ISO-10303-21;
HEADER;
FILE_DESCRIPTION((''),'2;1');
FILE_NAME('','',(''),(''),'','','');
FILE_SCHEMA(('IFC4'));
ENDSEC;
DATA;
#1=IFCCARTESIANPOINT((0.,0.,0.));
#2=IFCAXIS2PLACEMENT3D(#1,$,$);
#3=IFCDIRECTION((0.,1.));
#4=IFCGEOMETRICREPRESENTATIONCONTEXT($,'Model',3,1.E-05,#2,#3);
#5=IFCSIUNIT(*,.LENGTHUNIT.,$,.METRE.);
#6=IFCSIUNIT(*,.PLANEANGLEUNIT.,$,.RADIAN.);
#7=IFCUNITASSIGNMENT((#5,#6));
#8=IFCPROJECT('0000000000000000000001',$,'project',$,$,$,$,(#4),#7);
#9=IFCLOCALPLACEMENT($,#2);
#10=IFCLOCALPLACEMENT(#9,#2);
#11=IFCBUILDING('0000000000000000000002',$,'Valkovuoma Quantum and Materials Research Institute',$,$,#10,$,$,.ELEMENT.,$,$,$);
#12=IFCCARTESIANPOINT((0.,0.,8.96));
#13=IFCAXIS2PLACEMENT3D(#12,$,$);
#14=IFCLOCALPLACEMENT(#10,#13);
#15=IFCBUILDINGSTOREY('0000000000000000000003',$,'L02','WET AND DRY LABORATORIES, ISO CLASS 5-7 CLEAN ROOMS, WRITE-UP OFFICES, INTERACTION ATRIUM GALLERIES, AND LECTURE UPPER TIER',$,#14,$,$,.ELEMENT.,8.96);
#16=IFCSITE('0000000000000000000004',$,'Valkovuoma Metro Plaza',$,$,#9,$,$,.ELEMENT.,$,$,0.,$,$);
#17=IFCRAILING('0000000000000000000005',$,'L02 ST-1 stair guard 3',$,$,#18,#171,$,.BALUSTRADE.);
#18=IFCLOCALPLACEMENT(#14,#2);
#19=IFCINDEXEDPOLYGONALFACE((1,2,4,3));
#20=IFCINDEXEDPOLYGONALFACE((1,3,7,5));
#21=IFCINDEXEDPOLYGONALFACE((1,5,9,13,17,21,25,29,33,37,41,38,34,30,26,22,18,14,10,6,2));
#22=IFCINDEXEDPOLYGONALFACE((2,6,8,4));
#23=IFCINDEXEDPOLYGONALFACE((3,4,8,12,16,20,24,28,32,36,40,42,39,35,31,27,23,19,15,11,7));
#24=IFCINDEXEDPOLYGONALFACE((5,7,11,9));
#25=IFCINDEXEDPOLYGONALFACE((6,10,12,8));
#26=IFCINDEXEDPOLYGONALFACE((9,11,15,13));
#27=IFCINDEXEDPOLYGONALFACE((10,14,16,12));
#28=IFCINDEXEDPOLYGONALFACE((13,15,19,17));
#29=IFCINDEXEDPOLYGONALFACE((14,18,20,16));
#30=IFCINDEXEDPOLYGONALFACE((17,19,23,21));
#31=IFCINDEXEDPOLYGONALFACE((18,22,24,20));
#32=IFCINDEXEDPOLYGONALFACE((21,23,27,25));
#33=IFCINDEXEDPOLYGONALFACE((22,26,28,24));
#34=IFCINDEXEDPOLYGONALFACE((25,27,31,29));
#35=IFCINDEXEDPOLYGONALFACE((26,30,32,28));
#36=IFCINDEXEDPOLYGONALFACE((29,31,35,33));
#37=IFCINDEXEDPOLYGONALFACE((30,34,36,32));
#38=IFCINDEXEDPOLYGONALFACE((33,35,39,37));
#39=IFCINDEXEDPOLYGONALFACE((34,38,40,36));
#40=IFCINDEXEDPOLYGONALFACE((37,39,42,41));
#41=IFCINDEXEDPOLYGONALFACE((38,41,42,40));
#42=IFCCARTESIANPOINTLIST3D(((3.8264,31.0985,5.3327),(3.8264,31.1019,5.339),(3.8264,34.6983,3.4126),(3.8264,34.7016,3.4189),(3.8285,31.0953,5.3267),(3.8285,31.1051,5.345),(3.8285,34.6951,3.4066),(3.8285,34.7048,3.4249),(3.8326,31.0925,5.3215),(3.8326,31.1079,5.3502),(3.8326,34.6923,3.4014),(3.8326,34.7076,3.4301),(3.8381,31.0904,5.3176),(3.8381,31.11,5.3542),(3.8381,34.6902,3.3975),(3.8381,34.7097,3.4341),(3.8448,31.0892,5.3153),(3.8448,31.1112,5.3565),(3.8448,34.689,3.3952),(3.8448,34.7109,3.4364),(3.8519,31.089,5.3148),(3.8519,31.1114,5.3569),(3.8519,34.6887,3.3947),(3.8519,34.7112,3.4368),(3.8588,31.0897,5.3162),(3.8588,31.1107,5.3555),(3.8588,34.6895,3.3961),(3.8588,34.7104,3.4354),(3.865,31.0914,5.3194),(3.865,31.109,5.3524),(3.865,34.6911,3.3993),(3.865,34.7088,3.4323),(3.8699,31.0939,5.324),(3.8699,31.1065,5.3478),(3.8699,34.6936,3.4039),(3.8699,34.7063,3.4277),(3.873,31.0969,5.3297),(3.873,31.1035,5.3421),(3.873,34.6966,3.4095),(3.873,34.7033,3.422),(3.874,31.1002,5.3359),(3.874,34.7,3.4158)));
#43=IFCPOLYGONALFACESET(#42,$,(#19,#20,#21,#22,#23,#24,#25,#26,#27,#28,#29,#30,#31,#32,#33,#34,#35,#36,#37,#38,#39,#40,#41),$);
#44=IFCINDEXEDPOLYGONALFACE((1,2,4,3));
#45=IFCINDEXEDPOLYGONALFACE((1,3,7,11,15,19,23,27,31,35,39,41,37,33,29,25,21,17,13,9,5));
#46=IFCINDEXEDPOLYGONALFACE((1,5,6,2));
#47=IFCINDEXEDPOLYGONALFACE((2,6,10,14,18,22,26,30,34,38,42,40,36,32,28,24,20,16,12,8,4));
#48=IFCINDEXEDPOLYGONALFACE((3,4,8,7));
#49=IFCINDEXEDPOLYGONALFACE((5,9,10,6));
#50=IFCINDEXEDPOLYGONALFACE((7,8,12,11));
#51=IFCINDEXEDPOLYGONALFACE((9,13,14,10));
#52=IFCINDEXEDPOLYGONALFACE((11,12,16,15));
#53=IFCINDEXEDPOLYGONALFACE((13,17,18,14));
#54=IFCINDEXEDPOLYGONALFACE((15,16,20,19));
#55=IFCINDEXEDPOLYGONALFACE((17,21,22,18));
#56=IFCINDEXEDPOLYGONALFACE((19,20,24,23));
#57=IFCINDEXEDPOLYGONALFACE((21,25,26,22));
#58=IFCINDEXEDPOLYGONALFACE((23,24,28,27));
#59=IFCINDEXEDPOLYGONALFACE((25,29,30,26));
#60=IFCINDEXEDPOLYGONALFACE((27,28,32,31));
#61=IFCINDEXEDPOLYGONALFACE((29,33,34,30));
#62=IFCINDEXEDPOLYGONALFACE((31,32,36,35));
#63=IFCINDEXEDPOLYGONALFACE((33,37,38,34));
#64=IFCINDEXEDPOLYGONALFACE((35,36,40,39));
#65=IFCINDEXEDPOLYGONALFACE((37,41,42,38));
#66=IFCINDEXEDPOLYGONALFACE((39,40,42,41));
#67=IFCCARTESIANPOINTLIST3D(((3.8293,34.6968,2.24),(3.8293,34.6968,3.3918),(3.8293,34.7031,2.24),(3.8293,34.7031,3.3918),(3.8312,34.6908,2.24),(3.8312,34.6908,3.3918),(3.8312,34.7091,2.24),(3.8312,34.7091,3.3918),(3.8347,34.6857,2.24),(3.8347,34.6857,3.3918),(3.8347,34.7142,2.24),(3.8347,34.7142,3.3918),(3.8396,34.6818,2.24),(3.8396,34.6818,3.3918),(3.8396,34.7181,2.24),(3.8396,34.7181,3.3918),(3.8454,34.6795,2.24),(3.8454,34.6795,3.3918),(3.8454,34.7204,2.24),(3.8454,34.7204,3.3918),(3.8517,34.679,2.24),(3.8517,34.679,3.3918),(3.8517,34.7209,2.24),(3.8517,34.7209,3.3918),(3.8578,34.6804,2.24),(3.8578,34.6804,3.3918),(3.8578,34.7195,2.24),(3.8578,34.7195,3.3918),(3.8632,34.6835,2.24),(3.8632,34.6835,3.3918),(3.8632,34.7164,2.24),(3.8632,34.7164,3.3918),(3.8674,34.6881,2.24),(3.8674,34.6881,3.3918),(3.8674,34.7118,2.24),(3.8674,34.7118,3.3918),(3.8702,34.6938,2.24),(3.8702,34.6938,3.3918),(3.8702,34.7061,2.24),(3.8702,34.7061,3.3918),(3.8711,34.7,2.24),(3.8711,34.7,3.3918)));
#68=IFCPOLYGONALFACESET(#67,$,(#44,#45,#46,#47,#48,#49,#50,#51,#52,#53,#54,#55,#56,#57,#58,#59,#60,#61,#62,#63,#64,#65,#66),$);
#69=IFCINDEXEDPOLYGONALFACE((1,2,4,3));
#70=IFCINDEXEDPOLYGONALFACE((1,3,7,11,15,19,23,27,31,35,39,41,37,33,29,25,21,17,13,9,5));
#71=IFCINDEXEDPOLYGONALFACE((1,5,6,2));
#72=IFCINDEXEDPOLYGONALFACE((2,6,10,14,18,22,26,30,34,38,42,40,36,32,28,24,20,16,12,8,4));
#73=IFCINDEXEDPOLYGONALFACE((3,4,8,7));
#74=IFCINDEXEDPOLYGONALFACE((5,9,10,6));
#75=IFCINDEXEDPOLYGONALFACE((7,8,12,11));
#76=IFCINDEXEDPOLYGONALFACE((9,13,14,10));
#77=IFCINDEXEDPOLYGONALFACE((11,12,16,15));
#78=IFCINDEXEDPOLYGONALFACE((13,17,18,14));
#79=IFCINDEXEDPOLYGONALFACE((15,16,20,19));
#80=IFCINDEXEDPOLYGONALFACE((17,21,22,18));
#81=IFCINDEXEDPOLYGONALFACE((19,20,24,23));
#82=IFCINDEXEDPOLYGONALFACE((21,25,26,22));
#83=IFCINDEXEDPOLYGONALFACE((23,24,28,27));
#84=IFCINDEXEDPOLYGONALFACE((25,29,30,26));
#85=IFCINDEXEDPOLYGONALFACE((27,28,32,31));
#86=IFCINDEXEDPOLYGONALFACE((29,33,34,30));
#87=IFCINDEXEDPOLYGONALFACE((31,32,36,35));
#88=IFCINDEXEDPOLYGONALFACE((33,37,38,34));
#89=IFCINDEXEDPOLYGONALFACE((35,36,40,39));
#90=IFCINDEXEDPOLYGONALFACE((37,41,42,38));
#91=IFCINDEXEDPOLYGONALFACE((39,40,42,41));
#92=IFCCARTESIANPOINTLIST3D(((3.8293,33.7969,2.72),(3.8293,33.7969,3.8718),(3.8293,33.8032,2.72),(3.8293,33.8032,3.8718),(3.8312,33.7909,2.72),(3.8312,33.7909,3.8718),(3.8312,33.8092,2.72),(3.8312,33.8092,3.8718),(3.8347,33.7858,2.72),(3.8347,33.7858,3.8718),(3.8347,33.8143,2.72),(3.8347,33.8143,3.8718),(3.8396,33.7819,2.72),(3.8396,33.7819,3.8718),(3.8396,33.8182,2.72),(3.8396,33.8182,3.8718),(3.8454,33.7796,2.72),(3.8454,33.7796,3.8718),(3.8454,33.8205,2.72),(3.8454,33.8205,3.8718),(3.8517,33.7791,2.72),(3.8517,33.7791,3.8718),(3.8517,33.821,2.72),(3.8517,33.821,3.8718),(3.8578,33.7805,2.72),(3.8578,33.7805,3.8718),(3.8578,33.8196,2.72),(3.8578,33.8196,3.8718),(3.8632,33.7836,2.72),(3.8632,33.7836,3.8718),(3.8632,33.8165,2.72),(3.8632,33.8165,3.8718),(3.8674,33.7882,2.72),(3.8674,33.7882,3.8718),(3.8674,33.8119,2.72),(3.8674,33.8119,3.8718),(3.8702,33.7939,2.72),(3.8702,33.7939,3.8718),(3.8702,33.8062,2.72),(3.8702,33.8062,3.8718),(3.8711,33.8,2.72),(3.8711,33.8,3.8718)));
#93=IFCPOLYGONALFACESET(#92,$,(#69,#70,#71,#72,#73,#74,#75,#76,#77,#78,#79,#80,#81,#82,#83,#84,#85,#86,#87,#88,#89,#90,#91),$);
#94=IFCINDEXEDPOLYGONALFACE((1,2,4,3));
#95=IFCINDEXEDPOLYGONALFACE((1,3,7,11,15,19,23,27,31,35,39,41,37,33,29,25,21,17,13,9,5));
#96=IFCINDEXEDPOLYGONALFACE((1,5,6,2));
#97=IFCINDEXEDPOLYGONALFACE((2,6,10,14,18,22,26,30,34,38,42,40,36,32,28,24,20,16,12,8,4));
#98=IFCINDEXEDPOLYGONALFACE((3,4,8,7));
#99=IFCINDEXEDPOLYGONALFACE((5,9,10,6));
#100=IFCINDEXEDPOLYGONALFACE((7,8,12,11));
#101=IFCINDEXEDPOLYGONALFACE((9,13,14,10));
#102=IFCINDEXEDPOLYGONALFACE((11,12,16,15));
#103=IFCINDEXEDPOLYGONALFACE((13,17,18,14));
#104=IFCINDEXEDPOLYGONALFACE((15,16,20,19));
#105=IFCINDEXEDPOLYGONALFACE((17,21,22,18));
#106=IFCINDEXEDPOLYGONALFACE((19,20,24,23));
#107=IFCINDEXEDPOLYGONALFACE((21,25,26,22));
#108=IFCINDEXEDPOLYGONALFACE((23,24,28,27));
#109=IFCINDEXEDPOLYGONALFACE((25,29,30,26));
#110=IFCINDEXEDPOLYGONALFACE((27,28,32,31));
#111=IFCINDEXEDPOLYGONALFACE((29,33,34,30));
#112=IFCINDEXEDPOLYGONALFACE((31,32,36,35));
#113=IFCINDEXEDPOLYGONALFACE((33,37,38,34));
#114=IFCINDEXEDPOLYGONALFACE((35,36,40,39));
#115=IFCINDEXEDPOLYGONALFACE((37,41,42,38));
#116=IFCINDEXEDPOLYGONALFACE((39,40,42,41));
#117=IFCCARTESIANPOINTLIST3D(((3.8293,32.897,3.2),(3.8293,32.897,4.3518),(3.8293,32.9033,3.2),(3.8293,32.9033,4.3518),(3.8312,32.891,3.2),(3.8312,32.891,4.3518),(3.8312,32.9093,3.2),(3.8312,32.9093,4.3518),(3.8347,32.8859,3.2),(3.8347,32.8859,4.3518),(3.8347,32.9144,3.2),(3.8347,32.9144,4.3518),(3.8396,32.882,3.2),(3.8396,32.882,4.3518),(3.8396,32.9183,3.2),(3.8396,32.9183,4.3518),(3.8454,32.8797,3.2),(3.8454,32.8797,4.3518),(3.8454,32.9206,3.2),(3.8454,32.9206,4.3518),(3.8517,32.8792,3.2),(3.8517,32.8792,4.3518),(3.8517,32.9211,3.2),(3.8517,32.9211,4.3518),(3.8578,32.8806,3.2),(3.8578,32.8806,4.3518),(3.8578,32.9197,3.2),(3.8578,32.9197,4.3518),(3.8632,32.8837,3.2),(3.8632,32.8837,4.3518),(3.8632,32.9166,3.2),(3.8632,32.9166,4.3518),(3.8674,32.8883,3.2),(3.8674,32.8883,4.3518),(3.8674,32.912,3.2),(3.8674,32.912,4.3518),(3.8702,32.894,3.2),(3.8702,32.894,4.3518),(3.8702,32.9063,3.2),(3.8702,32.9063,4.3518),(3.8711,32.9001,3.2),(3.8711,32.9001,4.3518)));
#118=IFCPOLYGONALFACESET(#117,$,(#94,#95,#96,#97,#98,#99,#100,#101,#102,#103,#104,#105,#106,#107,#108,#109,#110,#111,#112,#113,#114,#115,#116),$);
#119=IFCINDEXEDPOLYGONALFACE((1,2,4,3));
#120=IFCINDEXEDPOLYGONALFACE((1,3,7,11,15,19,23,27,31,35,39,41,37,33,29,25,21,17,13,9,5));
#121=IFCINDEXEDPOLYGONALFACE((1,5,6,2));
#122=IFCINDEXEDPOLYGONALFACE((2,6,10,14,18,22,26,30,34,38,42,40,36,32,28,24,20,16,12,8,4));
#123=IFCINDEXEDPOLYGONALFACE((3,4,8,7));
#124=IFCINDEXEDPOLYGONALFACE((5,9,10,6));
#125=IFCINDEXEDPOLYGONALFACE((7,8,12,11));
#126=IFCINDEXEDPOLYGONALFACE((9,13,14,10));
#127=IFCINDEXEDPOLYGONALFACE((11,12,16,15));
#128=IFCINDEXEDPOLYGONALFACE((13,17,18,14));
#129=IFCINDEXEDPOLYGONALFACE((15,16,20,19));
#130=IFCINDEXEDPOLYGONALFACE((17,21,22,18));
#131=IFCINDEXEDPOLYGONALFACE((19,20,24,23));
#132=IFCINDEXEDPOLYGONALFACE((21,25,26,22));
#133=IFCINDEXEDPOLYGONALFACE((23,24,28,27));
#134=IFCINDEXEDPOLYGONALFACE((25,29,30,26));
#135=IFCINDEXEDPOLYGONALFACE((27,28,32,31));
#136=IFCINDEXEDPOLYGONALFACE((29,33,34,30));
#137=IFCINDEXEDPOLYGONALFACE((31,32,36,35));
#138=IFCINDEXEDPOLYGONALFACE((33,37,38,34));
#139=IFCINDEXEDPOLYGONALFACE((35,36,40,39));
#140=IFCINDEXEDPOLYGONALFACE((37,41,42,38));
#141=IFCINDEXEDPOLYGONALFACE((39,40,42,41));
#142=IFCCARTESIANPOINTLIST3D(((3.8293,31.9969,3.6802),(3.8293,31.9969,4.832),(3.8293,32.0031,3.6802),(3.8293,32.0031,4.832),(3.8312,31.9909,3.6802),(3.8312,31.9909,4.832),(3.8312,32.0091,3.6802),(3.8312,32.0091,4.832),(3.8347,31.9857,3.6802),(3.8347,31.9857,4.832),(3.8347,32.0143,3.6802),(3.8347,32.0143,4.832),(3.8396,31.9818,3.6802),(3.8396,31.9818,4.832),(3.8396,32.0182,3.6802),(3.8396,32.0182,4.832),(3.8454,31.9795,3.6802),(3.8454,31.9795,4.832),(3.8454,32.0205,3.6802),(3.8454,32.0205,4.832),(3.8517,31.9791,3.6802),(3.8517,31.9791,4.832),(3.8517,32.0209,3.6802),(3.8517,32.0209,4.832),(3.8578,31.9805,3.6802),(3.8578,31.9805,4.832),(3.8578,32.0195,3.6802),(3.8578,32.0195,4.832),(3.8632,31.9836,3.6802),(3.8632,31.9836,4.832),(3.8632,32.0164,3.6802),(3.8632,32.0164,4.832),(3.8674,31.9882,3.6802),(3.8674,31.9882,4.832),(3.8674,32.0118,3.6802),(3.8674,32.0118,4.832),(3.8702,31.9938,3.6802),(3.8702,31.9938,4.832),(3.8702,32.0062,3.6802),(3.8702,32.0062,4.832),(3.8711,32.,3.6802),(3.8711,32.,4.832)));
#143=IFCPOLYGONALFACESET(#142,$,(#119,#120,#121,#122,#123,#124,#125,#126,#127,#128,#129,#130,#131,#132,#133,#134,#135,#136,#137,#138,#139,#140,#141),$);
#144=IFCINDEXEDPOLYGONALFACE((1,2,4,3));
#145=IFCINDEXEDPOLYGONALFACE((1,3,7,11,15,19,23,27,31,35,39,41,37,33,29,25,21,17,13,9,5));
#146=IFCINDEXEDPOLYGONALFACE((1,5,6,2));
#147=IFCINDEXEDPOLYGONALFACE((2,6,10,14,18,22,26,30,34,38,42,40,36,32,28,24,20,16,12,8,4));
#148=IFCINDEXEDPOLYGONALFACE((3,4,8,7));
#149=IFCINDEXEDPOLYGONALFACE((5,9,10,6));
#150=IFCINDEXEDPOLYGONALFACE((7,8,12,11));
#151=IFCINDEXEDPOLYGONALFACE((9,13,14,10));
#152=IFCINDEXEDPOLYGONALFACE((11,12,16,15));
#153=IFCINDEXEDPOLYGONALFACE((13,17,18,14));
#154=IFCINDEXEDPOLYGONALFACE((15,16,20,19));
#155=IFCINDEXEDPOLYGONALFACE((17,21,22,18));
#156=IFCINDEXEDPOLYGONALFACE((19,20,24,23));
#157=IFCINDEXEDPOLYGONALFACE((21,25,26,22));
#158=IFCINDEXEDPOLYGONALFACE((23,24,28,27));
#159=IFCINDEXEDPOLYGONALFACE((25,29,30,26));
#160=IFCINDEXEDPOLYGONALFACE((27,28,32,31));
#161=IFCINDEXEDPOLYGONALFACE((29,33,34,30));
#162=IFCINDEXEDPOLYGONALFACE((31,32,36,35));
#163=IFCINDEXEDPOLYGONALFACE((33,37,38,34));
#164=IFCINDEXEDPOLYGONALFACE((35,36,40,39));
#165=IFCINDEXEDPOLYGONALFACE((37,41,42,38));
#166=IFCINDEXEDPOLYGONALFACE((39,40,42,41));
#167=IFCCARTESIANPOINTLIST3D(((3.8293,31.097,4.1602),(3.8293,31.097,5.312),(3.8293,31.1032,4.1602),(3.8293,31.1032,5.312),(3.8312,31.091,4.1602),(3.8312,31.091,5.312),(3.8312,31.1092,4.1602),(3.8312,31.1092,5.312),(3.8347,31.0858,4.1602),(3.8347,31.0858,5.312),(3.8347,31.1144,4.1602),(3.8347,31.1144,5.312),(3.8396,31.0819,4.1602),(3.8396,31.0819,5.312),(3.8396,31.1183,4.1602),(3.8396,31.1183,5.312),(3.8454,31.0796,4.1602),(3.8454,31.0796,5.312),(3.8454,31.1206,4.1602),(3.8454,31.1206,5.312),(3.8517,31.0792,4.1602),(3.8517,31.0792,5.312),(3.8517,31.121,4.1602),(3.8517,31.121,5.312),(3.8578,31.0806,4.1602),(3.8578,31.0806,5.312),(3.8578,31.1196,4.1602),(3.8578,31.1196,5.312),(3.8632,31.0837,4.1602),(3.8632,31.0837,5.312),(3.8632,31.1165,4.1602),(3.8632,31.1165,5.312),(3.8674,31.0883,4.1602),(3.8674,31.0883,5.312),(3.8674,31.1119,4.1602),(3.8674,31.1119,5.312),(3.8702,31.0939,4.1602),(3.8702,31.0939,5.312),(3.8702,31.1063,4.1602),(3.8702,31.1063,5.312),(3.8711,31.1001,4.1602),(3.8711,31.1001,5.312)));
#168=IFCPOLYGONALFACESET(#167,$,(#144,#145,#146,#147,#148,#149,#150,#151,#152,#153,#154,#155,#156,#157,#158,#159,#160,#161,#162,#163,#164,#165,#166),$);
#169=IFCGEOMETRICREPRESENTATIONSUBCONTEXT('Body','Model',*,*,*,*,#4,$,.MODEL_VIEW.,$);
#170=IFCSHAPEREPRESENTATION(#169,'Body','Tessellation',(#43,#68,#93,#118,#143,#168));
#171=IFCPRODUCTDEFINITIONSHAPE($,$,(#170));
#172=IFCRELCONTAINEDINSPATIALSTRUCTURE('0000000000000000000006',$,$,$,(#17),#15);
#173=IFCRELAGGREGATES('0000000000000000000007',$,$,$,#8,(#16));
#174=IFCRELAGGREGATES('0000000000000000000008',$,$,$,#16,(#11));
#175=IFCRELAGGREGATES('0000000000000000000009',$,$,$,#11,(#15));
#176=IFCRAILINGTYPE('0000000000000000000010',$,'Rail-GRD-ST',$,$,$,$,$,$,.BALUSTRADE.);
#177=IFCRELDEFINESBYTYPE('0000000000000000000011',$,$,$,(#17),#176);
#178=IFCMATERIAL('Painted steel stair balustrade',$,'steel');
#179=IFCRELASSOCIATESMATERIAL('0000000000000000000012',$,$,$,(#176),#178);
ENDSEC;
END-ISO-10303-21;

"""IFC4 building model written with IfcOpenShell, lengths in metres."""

from ifc_helpers import new_model, si_unit, direction, frame, origin, origin_2d, place, context, subcontext, project, spatial, circle, extrude, material, type_object, element, save


model = new_model("IFC4")

# Units and contexts
model_context = context("Model", 3, precision=1e-05, world=origin(), true_north=direction((0.0, 1.0)))
body_context = subcontext(model_context, "Body", "Model", "MODEL_VIEW")
ifc_project = project(units=[si_unit("LENGTHUNIT", "METRE"), si_unit("PLANEANGLEUNIT", "RADIAN")], contexts=[model_context])

# Site, building, storey
site_placement = place(None, origin())
site = spatial("IfcSite", under=ifc_project, at=site_placement, Name="Valkovuoma Metro Plaza", CompositionType="ELEMENT", RefElevation=0.0)
building_placement = place(site_placement, origin())
building = spatial("IfcBuilding", under=site, at=building_placement, Name="Valkovuoma Quantum and Materials Research Institute", CompositionType="ELEMENT")
storey_placement = place(building_placement, frame((0.0, 0.0, 8.96)))
storey = spatial("IfcBuildingStorey", under=building, at=storey_placement, Name="L02", Description="WET AND DRY LABORATORIES, ISO CLASS 5-7 CLEAN ROOMS, WRITE-UP OFFICES, INTERACTION ATRIUM GALLERIES, AND LECTURE UPPER TIER", CompositionType="ELEMENT", Elevation=8.96)

# Railing
ifc_material_1 = material(Name="Painted steel stair balustrade", Category="steel")
railing_type_1 = type_object("IfcRailingType", Name="Rail-GRD-ST", PredefinedType="BALUSTRADE", material=ifc_material_1)
railing_1_placement = place(storey_placement, frame((3.8501, 34.7, 2.24)))
element("IfcRailing", 1, at=railing_1_placement, inside=storey, type_object=railing_type_1, Name="L02 ST-1 stair guard 3", PredefinedType="BALUSTRADE", context=body_context, shape_type="SweptSolid", body=[
    extrude(circle(Radius=0.0239, at=origin_2d()), frame((0.0, 0.0, 1.1758), z_axis=(0.0, -0.882328, 0.470635), x_axis=(1.0, 0.0, 0.0)), (0.0, 0.0, 1.0), 4.0798),
    extrude(circle(Radius=0.021, at=origin_2d()), origin(), (0.0, 0.0, 1.0), 1.1519),
    extrude(circle(Radius=0.021, at=origin_2d()), frame((0.0, -0.8999, 0.48)), (0.0, 0.0, 1.0), 1.1519),
    extrude(circle(Radius=0.021, at=origin_2d()), frame((0.0, -1.7998, 0.96)), (0.0, 0.0, 1.0), 1.1519),
    extrude(circle(Radius=0.021, at=origin_2d()), frame((0.0, -2.7, 1.4402)), (0.0, 0.0, 1.0), 1.1519),
    extrude(circle(Radius=0.021, at=origin_2d()), frame((0.0, -3.5999, 1.9202)), (0.0, 0.0, 1.0), 1.1519),
])

save(model, "model.ifc")
